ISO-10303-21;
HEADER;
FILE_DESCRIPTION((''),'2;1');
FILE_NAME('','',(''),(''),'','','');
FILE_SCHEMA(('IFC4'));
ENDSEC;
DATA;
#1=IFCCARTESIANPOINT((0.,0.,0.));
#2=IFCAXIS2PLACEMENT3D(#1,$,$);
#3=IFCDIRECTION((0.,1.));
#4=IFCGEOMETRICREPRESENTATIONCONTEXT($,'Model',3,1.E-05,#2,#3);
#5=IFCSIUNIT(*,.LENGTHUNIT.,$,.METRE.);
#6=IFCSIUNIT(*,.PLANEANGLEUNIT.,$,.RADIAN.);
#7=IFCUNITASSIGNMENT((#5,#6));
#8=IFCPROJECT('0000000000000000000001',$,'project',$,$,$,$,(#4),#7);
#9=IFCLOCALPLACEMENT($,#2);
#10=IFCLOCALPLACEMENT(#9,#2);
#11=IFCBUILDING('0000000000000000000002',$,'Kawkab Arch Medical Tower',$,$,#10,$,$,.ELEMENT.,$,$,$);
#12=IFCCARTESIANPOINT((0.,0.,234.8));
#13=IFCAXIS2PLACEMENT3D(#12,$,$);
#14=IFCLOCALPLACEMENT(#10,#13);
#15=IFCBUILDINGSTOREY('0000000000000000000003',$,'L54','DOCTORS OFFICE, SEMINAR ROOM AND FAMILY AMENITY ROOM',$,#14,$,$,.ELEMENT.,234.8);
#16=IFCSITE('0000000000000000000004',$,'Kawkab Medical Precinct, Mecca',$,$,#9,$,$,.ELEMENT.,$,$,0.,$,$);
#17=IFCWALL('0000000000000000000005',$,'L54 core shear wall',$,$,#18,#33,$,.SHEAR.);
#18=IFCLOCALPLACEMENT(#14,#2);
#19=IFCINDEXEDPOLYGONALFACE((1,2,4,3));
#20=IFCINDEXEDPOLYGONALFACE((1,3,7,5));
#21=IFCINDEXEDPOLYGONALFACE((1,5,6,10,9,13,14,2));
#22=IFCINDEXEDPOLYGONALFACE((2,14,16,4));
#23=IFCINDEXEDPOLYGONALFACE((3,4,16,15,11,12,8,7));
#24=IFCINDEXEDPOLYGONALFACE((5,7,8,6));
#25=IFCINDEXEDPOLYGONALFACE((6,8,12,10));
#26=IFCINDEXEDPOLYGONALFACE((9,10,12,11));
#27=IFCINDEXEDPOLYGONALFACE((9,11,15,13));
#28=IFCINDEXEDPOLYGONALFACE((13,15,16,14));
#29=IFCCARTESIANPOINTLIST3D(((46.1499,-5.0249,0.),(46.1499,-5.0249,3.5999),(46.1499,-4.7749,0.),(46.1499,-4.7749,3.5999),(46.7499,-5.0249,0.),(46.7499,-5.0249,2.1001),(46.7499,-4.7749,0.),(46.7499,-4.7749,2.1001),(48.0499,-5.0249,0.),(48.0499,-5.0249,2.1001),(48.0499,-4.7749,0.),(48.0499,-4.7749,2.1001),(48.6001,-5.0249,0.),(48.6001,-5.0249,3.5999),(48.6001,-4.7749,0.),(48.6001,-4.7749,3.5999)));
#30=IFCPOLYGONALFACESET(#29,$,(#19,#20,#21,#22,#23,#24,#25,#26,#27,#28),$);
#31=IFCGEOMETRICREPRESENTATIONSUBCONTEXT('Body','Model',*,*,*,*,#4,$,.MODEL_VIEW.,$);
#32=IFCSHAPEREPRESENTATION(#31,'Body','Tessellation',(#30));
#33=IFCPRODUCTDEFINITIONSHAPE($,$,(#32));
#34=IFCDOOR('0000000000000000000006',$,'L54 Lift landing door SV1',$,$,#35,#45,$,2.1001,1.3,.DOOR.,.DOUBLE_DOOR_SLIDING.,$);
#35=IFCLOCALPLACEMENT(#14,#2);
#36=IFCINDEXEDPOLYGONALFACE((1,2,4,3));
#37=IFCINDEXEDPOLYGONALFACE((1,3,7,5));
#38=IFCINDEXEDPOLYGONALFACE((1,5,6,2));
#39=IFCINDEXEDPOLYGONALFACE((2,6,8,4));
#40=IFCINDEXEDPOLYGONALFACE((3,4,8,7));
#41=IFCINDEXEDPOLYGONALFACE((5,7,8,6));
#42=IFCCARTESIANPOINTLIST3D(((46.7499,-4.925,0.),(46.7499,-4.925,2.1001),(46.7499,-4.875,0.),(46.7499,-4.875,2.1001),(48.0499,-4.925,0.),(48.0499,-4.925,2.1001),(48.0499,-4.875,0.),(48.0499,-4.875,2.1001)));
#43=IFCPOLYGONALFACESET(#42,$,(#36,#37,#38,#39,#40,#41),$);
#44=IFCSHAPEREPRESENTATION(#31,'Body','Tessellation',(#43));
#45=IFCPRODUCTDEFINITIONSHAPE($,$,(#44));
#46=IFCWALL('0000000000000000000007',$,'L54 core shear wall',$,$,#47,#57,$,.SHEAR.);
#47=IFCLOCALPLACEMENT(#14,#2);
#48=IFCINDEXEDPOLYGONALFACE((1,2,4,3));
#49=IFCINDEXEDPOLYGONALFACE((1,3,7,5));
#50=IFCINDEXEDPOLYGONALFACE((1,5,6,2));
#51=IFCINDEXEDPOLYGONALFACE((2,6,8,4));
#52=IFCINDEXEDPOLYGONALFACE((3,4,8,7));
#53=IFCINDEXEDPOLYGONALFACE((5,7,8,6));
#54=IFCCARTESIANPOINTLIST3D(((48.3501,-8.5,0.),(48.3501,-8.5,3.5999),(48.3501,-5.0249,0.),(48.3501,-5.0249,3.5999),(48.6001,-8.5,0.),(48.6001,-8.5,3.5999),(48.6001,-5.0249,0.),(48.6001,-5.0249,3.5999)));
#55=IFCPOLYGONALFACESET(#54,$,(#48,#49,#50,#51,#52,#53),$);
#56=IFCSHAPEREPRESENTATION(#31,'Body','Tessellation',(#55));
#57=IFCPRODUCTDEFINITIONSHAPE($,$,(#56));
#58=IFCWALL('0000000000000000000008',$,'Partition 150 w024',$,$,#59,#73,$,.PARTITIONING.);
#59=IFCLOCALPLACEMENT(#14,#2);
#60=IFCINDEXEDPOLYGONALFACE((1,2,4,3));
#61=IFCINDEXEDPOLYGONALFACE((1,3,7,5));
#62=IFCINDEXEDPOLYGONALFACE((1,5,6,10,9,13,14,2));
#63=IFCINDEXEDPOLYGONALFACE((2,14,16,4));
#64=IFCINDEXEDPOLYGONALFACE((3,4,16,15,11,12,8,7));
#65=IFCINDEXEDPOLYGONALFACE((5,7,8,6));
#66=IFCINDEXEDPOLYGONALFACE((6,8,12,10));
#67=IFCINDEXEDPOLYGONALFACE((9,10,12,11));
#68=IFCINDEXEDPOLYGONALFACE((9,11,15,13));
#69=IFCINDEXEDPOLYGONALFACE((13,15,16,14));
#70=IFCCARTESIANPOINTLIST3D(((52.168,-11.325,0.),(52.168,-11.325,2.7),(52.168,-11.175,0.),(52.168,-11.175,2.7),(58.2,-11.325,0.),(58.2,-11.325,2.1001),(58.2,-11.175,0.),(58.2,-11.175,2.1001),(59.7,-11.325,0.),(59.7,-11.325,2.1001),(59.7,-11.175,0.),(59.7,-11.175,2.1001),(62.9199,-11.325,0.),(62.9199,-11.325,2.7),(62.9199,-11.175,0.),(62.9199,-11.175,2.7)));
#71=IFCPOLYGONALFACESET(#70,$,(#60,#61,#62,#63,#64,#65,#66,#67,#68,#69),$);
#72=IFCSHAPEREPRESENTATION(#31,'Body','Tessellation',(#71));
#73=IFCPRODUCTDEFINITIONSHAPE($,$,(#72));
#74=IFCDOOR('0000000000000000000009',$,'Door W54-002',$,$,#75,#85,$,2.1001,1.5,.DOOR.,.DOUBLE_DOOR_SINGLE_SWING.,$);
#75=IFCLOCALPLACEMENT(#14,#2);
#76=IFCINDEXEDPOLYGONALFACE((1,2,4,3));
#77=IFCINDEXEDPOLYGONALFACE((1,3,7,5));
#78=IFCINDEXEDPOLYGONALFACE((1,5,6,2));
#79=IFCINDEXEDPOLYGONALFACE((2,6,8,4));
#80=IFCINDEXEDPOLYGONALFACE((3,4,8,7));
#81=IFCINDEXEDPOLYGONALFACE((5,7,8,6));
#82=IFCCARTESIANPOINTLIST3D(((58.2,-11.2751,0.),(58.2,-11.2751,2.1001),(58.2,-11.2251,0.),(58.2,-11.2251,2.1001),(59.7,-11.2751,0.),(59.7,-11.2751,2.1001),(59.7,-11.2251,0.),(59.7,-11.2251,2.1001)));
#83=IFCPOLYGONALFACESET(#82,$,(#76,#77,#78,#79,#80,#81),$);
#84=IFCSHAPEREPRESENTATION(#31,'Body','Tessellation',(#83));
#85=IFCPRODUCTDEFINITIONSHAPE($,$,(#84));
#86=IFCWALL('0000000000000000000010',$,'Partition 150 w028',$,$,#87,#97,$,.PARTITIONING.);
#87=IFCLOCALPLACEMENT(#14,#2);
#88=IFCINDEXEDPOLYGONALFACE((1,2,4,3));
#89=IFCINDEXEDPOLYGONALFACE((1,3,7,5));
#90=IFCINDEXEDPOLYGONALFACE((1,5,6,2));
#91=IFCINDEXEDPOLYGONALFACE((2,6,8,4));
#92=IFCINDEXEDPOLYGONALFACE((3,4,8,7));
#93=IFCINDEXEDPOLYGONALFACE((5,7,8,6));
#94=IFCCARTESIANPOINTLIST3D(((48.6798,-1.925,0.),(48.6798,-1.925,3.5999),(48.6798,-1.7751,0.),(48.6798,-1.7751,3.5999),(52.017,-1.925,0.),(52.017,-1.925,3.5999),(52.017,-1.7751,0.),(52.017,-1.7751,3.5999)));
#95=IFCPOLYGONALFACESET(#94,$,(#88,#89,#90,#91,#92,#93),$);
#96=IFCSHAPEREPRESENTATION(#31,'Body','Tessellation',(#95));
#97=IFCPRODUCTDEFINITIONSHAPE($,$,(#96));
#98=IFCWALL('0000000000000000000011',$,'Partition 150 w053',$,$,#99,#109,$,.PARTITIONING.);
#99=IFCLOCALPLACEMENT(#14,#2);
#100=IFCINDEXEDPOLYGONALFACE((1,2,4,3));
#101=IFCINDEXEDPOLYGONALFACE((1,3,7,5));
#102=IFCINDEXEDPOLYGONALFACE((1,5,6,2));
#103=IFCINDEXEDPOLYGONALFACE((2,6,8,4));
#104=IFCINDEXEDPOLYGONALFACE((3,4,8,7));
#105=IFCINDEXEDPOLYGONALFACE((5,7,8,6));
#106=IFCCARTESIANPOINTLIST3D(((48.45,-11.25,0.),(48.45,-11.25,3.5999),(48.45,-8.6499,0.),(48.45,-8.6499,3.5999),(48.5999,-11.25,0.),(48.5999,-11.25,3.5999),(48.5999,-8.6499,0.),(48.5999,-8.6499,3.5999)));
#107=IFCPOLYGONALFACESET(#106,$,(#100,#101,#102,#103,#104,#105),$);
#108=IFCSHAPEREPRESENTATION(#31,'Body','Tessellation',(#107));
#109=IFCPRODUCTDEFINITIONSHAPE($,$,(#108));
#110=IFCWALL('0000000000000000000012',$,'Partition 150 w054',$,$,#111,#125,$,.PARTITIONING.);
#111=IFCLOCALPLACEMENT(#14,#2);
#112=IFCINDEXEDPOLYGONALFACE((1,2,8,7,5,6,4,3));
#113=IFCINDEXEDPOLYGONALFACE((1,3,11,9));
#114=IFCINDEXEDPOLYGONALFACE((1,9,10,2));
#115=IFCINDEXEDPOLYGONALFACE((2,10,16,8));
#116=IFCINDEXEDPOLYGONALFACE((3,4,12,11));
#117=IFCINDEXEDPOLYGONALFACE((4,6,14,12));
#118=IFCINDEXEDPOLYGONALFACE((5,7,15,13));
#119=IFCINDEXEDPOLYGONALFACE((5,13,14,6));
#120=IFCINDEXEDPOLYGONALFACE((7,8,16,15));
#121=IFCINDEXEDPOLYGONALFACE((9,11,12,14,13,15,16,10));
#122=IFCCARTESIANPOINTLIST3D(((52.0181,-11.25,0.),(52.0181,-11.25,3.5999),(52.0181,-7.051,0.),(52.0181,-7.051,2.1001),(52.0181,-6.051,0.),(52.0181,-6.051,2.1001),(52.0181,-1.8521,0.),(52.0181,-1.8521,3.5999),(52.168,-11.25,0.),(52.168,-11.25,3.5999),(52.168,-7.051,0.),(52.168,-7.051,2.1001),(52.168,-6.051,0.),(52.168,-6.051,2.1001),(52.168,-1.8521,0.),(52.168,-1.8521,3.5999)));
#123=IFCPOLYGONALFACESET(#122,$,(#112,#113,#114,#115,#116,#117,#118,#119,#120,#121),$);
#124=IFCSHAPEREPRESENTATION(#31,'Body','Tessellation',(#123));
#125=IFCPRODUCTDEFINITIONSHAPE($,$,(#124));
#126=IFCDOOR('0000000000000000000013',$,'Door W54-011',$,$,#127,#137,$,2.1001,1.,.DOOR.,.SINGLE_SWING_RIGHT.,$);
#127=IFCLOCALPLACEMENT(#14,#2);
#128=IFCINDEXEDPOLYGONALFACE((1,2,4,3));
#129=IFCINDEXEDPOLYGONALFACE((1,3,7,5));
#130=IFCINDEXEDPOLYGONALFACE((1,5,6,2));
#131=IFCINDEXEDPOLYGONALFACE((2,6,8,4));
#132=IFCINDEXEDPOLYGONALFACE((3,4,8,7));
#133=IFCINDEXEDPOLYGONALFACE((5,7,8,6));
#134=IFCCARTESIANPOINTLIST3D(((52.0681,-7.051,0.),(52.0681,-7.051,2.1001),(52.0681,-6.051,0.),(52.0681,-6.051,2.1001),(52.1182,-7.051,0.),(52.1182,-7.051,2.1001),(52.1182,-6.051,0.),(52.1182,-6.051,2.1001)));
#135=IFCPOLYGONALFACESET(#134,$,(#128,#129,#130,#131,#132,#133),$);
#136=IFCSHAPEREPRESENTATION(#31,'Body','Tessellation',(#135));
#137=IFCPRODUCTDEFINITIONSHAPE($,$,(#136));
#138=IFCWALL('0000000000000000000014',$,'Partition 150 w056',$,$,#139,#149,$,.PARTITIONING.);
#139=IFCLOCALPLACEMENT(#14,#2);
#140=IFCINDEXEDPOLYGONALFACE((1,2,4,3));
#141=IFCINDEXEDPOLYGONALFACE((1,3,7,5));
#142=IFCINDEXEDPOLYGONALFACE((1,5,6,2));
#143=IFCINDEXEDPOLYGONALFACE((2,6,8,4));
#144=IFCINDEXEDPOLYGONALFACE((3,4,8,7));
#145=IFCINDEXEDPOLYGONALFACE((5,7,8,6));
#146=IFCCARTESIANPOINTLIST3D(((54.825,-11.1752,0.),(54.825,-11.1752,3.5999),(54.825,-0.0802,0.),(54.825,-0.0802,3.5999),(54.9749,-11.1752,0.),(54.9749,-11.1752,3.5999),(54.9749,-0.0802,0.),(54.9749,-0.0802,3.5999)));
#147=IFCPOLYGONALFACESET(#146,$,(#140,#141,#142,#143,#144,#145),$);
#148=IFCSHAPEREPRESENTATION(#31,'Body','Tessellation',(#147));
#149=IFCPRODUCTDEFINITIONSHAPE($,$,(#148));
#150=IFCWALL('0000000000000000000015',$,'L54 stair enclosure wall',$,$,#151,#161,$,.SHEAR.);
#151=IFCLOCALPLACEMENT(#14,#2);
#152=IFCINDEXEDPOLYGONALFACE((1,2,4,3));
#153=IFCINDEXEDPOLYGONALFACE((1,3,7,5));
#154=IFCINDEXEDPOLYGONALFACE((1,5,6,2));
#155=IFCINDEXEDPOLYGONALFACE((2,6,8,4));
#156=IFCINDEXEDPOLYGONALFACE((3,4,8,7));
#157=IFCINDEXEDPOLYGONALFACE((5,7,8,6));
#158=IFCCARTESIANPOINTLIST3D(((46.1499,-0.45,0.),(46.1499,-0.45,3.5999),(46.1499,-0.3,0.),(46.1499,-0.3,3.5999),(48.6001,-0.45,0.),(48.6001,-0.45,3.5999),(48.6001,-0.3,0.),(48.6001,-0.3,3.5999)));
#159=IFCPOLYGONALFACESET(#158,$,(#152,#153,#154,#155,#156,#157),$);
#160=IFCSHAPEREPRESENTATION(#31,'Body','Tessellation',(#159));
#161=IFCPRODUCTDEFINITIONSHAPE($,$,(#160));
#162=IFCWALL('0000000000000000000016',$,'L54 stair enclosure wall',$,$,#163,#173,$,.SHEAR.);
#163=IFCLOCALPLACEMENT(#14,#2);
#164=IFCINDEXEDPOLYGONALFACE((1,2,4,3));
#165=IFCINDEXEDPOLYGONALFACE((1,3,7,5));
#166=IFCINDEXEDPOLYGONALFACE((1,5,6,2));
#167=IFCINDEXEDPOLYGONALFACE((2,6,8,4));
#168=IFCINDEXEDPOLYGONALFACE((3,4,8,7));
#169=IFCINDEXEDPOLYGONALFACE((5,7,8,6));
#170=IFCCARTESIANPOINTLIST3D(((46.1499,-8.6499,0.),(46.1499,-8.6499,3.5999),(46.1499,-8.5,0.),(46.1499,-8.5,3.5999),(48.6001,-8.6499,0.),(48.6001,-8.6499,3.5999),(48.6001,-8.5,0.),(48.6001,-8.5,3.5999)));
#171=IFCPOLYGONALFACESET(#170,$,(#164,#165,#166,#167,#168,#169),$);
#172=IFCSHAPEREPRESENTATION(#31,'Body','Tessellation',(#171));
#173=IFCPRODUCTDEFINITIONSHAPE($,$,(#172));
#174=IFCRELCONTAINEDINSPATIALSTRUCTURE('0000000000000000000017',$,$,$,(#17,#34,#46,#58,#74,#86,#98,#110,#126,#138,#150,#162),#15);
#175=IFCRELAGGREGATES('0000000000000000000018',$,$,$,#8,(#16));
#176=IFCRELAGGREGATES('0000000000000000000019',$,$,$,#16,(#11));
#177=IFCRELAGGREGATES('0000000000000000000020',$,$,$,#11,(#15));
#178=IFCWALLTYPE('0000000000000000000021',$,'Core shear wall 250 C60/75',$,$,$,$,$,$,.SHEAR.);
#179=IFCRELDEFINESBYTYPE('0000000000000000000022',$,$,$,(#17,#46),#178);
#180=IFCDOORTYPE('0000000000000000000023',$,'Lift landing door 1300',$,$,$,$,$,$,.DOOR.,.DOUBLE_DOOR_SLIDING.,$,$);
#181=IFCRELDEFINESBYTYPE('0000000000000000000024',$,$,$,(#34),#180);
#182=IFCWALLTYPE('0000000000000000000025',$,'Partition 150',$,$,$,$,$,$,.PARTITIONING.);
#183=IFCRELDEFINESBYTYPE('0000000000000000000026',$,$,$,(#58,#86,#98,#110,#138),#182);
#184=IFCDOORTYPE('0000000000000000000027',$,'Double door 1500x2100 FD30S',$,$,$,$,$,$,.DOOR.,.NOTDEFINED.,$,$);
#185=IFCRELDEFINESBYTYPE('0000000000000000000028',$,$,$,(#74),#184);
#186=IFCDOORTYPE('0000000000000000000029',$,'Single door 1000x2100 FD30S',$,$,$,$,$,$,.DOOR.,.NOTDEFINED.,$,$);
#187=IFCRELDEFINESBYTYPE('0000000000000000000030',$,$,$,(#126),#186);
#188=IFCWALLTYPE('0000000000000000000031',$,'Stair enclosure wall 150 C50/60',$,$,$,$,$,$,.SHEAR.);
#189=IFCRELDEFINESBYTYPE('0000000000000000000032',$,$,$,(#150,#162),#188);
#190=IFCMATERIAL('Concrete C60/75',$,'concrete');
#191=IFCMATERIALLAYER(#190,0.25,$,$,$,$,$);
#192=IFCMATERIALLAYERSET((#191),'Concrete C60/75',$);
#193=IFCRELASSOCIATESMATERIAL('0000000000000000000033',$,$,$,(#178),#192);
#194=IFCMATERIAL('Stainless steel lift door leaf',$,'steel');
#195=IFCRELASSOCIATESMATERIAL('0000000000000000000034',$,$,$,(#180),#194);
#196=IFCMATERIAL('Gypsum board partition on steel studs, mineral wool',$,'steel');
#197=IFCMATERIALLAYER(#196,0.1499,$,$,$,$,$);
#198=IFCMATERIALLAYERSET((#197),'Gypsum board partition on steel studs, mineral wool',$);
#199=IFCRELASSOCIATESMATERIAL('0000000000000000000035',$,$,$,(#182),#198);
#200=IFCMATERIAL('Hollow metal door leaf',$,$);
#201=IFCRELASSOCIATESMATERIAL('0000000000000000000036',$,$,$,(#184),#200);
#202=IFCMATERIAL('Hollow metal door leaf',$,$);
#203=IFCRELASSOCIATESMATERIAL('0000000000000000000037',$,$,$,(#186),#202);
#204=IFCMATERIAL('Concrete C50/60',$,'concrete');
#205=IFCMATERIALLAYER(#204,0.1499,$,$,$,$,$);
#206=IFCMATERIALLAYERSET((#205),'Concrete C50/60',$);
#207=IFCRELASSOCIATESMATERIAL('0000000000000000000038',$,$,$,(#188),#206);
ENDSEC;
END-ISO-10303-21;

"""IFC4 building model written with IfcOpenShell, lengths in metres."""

from ifc_helpers import new_model, si_unit, direction, frame, frame_2d, origin, place, context, subcontext, project, spatial, rectangle, extrude, material, layer, layer_set, type_object, element, fill, save


model = new_model("IFC4")

# Units and contexts
model_context = context("Model", 3, precision=1e-05, world=origin(), true_north=direction((0.0, 1.0)))
body_context = subcontext(model_context, "Body", "Model", "MODEL_VIEW")
ifc_project = project(units=[si_unit("LENGTHUNIT", "METRE"), si_unit("PLANEANGLEUNIT", "RADIAN")], contexts=[model_context])

# Site, building, storey
site_placement = place(None, origin())
site = spatial("IfcSite", under=ifc_project, at=site_placement, Name="Kawkab Medical Precinct, Mecca", CompositionType="ELEMENT", RefElevation=0.0)
building_placement = place(site_placement, origin())
building = spatial("IfcBuilding", under=site, at=building_placement, Name="Kawkab Arch Medical Tower", CompositionType="ELEMENT")
storey_placement = place(building_placement, frame((0.0, 0.0, 234.8)))
storey = spatial("IfcBuildingStorey", under=building, at=storey_placement, Name="L54", Description="DOCTORS OFFICE, SEMINAR ROOM AND FAMILY AMENITY ROOM", CompositionType="ELEMENT", Elevation=234.8)

# Wall, opening, door
ifc_material_1 = material(Name="Concrete C60/75", Category="concrete")
ifc_layer_1 = layer(ifc_material_1, 0.25)
ifc_layer_set_1 = layer_set([ifc_layer_1], Name="Concrete C60/75")
wall_type_1 = type_object("IfcWallType", Name="Core shear wall 250 C60/75", PredefinedType="SHEAR", material=ifc_layer_set_1)
wall_1_placement = place(storey_placement, frame((46.1499, -4.8999, 0.0), z_axis=(0.0, 0.0, 1.0), x_axis=(1.0, 0.0, 0.0)))
wall_1 = element("IfcWall", 1, at=wall_1_placement, inside=storey, type_object=wall_type_1, Name="L54 core shear wall", PredefinedType="SHEAR", context=body_context, shape_type="SweptSolid", body=[
    extrude(rectangle(XDim=2.4502, YDim=0.25, at=frame_2d((1.2251, 0.0))), origin(), (0.0, 0.0, 1.0), 3.5999),
])
opening_1_placement = place(wall_1_placement, frame((0.6001, 0.0, 0.0)))
opening_1 = element("IfcOpeningElement", 2, at=opening_1_placement, cuts=wall_1, PredefinedType="OPENING", context=body_context, shape_type="SweptSolid", body=[
    extrude(rectangle(XDim=1.3, YDim=2.1001, at=frame_2d((0.6499, 1.05))), frame((0.0, 0.135, 0.0), z_axis=(0.0, -1.0, 0.0), x_axis=(1.0, 0.0, 0.0)), (0.0, 0.0, 1.0), 0.27),
])
ifc_material_2 = material(Name="Stainless steel lift door leaf", Category="steel")
door_type_1 = type_object("IfcDoorType", Name="Lift landing door 1300", OperationType="DOUBLE_DOOR_SLIDING", PredefinedType="DOOR", material=ifc_material_2)
door_1_placement = place(opening_1_placement, origin())
door_1 = element("IfcDoor", 3, at=door_1_placement, inside=storey, type_object=door_type_1, Name="L54 Lift landing door SV1", OperationType="DOUBLE_DOOR_SLIDING", OverallHeight=2.1001, OverallWidth=1.3, PredefinedType="DOOR", context=body_context, shape_type="SweptSolid", body=[
    extrude(rectangle(XDim=1.3, YDim=2.1001, at=frame_2d((0.6499, 1.05))), frame((0.0, 0.0249, 0.0), z_axis=(0.0, -1.0, 0.0), x_axis=(1.0, 0.0, 0.0)), (0.0, 0.0, 1.0), 0.05),
])
fill(opening_1, door_1)

# Wall
wall_2_placement = place(storey_placement, frame((48.4751, -8.5, 0.0), z_axis=(0.0, 0.0, 1.0), x_axis=(0.0, 1.0, 0.0)))
element("IfcWall", 4, at=wall_2_placement, inside=storey, type_object=wall_type_1, Name="L54 core shear wall", PredefinedType="SHEAR", context=body_context, shape_type="SweptSolid", body=[
    extrude(rectangle(XDim=3.4751, YDim=0.25, at=frame_2d((1.7375, 0.0))), origin(), (0.0, 0.0, 1.0), 3.5999),
])

# Wall, opening, door
ifc_material_3 = material(Name="Gypsum board partition on steel studs, mineral wool", Category="steel")
ifc_layer_2 = layer(ifc_material_3, 0.1499)
ifc_layer_set_2 = layer_set([ifc_layer_2], Name="Gypsum board partition on steel studs, mineral wool")
wall_type_2 = type_object("IfcWallType", Name="Partition 150", PredefinedType="PARTITIONING", material=ifc_layer_set_2)
wall_3_placement = place(storey_placement, frame((52.168, -11.25, 0.0), z_axis=(0.0, 0.0, 1.0), x_axis=(1.0, 0.0, 0.0)))
wall_3 = element("IfcWall", 5, at=wall_3_placement, inside=storey, type_object=wall_type_2, Name="Partition 150 w024", PredefinedType="PARTITIONING", context=body_context, shape_type="SweptSolid", body=[
    extrude(rectangle(XDim=10.752, YDim=0.1499, at=frame_2d((5.376, 0.0))), origin(), (0.0, 0.0, 1.0), 2.7),
])
opening_2_placement = place(wall_3_placement, frame((6.032, 0.0, 0.0)))
opening_2 = element("IfcOpeningElement", 6, at=opening_2_placement, cuts=wall_3, PredefinedType="OPENING", context=body_context, shape_type="SweptSolid", body=[
    extrude(rectangle(XDim=1.5, YDim=2.1001, at=frame_2d((0.75, 1.05))), frame((0.0, 0.085, 0.0), z_axis=(0.0, -1.0, 0.0), x_axis=(1.0, 0.0, 0.0)), (0.0, 0.0, 1.0), 0.1699),
])
ifc_material_4 = material(Name="Hollow metal door leaf")
door_type_2 = type_object("IfcDoorType", Name="Double door 1500x2100 FD30S", OperationType="NOTDEFINED", PredefinedType="DOOR", material=ifc_material_4)
door_2_placement = place(opening_2_placement, origin())
door_2 = element("IfcDoor", 7, at=door_2_placement, inside=storey, type_object=door_type_2, Name="Door W54-002", OperationType="DOUBLE_DOOR_SINGLE_SWING", OverallHeight=2.1001, OverallWidth=1.5, PredefinedType="DOOR", context=body_context, shape_type="SweptSolid", body=[
    extrude(rectangle(XDim=1.5, YDim=2.1001, at=frame_2d((0.75, 1.05))), frame((0.0, 0.0249, 0.0), z_axis=(0.0, -1.0, 0.0), x_axis=(1.0, 0.0, 0.0)), (0.0, 0.0, 1.0), 0.05),
])
fill(opening_2, door_2)

# Walls
wall_4_placement = place(storey_placement, frame((48.6799, -1.8501, 0.0), z_axis=(0.0, 0.0, 1.0), x_axis=(1.0, 0.0, 0.0)))
element("IfcWall", 8, at=wall_4_placement, inside=storey, type_object=wall_type_2, Name="Partition 150 w028", PredefinedType="PARTITIONING", context=body_context, shape_type="SweptSolid", body=[
    extrude(rectangle(XDim=3.3372, YDim=0.1499, at=frame_2d((1.6685, 0.0))), origin(), (0.0, 0.0, 1.0), 3.5999),
])
wall_5_placement = place(storey_placement, frame((48.5249, -11.25, 0.0), z_axis=(0.0, 0.0, 1.0), x_axis=(0.0, 1.0, 0.0)))
element("IfcWall", 9, at=wall_5_placement, inside=storey, type_object=wall_type_2, Name="Partition 150 w053", PredefinedType="PARTITIONING", context=body_context, shape_type="SweptSolid", body=[
    extrude(rectangle(XDim=2.6001, YDim=0.1499, at=frame_2d((1.3, 0.0))), origin(), (0.0, 0.0, 1.0), 3.5999),
])

# Wall, opening, door
wall_6_placement = place(storey_placement, frame((52.093, -11.25, 0.0), z_axis=(0.0, 0.0, 1.0), x_axis=(0.0, 1.0, 0.0)))
wall_6 = element("IfcWall", 10, at=wall_6_placement, inside=storey, type_object=wall_type_2, Name="Partition 150 w054", PredefinedType="PARTITIONING", context=body_context, shape_type="SweptSolid", body=[
    extrude(rectangle(XDim=9.3979, YDim=0.1499, at=frame_2d((4.699, 0.0))), origin(), (0.0, 0.0, 1.0), 3.5999),
])
opening_3_placement = place(wall_6_placement, frame((4.199, 0.0, 0.0)))
opening_3 = element("IfcOpeningElement", 11, at=opening_3_placement, cuts=wall_6, PredefinedType="OPENING", context=body_context, shape_type="SweptSolid", body=[
    extrude(rectangle(XDim=1.0, YDim=2.1001, at=frame_2d((0.5, 1.05))), frame((0.0, 0.085, 0.0), z_axis=(0.0, -1.0, 0.0), x_axis=(1.0, 0.0, 0.0)), (0.0, 0.0, 1.0), 0.1699),
])
ifc_material_5 = material(Name="Hollow metal door leaf")
door_type_3 = type_object("IfcDoorType", Name="Single door 1000x2100 FD30S", OperationType="NOTDEFINED", PredefinedType="DOOR", material=ifc_material_5)
door_3_placement = place(opening_3_placement, origin())
door_3 = element("IfcDoor", 12, at=door_3_placement, inside=storey, type_object=door_type_3, Name="Door W54-011", OperationType="SINGLE_SWING_RIGHT", OverallHeight=2.1001, OverallWidth=1.0, PredefinedType="DOOR", context=body_context, shape_type="SweptSolid", body=[
    extrude(rectangle(XDim=1.0, YDim=2.1001, at=frame_2d((0.5, 1.05))), frame((0.0, 0.0249, 0.0), z_axis=(0.0, -1.0, 0.0), x_axis=(1.0, 0.0, 0.0)), (0.0, 0.0, 1.0), 0.05),
])
fill(opening_3, door_3)

# Walls
wall_7_placement = place(storey_placement, frame((54.8999, -11.175, 0.0), z_axis=(0.0, 0.0, 1.0), x_axis=(0.0, 1.0, 0.0)))
element("IfcWall", 13, at=wall_7_placement, inside=storey, type_object=wall_type_2, Name="Partition 150 w056", PredefinedType="PARTITIONING", context=body_context, shape_type="SweptSolid", body=[
    extrude(rectangle(XDim=11.095, YDim=0.1499, at=frame_2d((5.5474, 0.0))), origin(), (0.0, 0.0, 1.0), 3.5999),
])
ifc_material_6 = material(Name="Concrete C50/60", Category="concrete")
ifc_layer_3 = layer(ifc_material_6, 0.1499)
ifc_layer_set_3 = layer_set([ifc_layer_3], Name="Concrete C50/60")
wall_type_3 = type_object("IfcWallType", Name="Stair enclosure wall 150 C50/60", PredefinedType="SHEAR", material=ifc_layer_set_3)
for number, where, z_axis, x_axis, name in (
    (14, (46.1499, -0.375, 0.0), (0.0, 0.0, 1.0), (1.0, 0.0, 0.0), "L54 stair enclosure wall"),
    (15, (46.1499, -8.575, 0.0), (0.0, 0.0, 1.0), (1.0, 0.0, 0.0), "L54 stair enclosure wall"),
):
    element("IfcWall", number, at=place(storey_placement, frame(where, z_axis=z_axis, x_axis=x_axis)), inside=storey, type_object=wall_type_3, Name=name, PredefinedType="SHEAR", context=body_context, shape_type="SweptSolid", body=[
        extrude(rectangle(XDim=2.4502, YDim=0.1499, at=frame_2d((1.2251, 0.0))), origin(), (0.0, 0.0, 1.0), 3.5999),
    ])

save(model, "model.ifc")
